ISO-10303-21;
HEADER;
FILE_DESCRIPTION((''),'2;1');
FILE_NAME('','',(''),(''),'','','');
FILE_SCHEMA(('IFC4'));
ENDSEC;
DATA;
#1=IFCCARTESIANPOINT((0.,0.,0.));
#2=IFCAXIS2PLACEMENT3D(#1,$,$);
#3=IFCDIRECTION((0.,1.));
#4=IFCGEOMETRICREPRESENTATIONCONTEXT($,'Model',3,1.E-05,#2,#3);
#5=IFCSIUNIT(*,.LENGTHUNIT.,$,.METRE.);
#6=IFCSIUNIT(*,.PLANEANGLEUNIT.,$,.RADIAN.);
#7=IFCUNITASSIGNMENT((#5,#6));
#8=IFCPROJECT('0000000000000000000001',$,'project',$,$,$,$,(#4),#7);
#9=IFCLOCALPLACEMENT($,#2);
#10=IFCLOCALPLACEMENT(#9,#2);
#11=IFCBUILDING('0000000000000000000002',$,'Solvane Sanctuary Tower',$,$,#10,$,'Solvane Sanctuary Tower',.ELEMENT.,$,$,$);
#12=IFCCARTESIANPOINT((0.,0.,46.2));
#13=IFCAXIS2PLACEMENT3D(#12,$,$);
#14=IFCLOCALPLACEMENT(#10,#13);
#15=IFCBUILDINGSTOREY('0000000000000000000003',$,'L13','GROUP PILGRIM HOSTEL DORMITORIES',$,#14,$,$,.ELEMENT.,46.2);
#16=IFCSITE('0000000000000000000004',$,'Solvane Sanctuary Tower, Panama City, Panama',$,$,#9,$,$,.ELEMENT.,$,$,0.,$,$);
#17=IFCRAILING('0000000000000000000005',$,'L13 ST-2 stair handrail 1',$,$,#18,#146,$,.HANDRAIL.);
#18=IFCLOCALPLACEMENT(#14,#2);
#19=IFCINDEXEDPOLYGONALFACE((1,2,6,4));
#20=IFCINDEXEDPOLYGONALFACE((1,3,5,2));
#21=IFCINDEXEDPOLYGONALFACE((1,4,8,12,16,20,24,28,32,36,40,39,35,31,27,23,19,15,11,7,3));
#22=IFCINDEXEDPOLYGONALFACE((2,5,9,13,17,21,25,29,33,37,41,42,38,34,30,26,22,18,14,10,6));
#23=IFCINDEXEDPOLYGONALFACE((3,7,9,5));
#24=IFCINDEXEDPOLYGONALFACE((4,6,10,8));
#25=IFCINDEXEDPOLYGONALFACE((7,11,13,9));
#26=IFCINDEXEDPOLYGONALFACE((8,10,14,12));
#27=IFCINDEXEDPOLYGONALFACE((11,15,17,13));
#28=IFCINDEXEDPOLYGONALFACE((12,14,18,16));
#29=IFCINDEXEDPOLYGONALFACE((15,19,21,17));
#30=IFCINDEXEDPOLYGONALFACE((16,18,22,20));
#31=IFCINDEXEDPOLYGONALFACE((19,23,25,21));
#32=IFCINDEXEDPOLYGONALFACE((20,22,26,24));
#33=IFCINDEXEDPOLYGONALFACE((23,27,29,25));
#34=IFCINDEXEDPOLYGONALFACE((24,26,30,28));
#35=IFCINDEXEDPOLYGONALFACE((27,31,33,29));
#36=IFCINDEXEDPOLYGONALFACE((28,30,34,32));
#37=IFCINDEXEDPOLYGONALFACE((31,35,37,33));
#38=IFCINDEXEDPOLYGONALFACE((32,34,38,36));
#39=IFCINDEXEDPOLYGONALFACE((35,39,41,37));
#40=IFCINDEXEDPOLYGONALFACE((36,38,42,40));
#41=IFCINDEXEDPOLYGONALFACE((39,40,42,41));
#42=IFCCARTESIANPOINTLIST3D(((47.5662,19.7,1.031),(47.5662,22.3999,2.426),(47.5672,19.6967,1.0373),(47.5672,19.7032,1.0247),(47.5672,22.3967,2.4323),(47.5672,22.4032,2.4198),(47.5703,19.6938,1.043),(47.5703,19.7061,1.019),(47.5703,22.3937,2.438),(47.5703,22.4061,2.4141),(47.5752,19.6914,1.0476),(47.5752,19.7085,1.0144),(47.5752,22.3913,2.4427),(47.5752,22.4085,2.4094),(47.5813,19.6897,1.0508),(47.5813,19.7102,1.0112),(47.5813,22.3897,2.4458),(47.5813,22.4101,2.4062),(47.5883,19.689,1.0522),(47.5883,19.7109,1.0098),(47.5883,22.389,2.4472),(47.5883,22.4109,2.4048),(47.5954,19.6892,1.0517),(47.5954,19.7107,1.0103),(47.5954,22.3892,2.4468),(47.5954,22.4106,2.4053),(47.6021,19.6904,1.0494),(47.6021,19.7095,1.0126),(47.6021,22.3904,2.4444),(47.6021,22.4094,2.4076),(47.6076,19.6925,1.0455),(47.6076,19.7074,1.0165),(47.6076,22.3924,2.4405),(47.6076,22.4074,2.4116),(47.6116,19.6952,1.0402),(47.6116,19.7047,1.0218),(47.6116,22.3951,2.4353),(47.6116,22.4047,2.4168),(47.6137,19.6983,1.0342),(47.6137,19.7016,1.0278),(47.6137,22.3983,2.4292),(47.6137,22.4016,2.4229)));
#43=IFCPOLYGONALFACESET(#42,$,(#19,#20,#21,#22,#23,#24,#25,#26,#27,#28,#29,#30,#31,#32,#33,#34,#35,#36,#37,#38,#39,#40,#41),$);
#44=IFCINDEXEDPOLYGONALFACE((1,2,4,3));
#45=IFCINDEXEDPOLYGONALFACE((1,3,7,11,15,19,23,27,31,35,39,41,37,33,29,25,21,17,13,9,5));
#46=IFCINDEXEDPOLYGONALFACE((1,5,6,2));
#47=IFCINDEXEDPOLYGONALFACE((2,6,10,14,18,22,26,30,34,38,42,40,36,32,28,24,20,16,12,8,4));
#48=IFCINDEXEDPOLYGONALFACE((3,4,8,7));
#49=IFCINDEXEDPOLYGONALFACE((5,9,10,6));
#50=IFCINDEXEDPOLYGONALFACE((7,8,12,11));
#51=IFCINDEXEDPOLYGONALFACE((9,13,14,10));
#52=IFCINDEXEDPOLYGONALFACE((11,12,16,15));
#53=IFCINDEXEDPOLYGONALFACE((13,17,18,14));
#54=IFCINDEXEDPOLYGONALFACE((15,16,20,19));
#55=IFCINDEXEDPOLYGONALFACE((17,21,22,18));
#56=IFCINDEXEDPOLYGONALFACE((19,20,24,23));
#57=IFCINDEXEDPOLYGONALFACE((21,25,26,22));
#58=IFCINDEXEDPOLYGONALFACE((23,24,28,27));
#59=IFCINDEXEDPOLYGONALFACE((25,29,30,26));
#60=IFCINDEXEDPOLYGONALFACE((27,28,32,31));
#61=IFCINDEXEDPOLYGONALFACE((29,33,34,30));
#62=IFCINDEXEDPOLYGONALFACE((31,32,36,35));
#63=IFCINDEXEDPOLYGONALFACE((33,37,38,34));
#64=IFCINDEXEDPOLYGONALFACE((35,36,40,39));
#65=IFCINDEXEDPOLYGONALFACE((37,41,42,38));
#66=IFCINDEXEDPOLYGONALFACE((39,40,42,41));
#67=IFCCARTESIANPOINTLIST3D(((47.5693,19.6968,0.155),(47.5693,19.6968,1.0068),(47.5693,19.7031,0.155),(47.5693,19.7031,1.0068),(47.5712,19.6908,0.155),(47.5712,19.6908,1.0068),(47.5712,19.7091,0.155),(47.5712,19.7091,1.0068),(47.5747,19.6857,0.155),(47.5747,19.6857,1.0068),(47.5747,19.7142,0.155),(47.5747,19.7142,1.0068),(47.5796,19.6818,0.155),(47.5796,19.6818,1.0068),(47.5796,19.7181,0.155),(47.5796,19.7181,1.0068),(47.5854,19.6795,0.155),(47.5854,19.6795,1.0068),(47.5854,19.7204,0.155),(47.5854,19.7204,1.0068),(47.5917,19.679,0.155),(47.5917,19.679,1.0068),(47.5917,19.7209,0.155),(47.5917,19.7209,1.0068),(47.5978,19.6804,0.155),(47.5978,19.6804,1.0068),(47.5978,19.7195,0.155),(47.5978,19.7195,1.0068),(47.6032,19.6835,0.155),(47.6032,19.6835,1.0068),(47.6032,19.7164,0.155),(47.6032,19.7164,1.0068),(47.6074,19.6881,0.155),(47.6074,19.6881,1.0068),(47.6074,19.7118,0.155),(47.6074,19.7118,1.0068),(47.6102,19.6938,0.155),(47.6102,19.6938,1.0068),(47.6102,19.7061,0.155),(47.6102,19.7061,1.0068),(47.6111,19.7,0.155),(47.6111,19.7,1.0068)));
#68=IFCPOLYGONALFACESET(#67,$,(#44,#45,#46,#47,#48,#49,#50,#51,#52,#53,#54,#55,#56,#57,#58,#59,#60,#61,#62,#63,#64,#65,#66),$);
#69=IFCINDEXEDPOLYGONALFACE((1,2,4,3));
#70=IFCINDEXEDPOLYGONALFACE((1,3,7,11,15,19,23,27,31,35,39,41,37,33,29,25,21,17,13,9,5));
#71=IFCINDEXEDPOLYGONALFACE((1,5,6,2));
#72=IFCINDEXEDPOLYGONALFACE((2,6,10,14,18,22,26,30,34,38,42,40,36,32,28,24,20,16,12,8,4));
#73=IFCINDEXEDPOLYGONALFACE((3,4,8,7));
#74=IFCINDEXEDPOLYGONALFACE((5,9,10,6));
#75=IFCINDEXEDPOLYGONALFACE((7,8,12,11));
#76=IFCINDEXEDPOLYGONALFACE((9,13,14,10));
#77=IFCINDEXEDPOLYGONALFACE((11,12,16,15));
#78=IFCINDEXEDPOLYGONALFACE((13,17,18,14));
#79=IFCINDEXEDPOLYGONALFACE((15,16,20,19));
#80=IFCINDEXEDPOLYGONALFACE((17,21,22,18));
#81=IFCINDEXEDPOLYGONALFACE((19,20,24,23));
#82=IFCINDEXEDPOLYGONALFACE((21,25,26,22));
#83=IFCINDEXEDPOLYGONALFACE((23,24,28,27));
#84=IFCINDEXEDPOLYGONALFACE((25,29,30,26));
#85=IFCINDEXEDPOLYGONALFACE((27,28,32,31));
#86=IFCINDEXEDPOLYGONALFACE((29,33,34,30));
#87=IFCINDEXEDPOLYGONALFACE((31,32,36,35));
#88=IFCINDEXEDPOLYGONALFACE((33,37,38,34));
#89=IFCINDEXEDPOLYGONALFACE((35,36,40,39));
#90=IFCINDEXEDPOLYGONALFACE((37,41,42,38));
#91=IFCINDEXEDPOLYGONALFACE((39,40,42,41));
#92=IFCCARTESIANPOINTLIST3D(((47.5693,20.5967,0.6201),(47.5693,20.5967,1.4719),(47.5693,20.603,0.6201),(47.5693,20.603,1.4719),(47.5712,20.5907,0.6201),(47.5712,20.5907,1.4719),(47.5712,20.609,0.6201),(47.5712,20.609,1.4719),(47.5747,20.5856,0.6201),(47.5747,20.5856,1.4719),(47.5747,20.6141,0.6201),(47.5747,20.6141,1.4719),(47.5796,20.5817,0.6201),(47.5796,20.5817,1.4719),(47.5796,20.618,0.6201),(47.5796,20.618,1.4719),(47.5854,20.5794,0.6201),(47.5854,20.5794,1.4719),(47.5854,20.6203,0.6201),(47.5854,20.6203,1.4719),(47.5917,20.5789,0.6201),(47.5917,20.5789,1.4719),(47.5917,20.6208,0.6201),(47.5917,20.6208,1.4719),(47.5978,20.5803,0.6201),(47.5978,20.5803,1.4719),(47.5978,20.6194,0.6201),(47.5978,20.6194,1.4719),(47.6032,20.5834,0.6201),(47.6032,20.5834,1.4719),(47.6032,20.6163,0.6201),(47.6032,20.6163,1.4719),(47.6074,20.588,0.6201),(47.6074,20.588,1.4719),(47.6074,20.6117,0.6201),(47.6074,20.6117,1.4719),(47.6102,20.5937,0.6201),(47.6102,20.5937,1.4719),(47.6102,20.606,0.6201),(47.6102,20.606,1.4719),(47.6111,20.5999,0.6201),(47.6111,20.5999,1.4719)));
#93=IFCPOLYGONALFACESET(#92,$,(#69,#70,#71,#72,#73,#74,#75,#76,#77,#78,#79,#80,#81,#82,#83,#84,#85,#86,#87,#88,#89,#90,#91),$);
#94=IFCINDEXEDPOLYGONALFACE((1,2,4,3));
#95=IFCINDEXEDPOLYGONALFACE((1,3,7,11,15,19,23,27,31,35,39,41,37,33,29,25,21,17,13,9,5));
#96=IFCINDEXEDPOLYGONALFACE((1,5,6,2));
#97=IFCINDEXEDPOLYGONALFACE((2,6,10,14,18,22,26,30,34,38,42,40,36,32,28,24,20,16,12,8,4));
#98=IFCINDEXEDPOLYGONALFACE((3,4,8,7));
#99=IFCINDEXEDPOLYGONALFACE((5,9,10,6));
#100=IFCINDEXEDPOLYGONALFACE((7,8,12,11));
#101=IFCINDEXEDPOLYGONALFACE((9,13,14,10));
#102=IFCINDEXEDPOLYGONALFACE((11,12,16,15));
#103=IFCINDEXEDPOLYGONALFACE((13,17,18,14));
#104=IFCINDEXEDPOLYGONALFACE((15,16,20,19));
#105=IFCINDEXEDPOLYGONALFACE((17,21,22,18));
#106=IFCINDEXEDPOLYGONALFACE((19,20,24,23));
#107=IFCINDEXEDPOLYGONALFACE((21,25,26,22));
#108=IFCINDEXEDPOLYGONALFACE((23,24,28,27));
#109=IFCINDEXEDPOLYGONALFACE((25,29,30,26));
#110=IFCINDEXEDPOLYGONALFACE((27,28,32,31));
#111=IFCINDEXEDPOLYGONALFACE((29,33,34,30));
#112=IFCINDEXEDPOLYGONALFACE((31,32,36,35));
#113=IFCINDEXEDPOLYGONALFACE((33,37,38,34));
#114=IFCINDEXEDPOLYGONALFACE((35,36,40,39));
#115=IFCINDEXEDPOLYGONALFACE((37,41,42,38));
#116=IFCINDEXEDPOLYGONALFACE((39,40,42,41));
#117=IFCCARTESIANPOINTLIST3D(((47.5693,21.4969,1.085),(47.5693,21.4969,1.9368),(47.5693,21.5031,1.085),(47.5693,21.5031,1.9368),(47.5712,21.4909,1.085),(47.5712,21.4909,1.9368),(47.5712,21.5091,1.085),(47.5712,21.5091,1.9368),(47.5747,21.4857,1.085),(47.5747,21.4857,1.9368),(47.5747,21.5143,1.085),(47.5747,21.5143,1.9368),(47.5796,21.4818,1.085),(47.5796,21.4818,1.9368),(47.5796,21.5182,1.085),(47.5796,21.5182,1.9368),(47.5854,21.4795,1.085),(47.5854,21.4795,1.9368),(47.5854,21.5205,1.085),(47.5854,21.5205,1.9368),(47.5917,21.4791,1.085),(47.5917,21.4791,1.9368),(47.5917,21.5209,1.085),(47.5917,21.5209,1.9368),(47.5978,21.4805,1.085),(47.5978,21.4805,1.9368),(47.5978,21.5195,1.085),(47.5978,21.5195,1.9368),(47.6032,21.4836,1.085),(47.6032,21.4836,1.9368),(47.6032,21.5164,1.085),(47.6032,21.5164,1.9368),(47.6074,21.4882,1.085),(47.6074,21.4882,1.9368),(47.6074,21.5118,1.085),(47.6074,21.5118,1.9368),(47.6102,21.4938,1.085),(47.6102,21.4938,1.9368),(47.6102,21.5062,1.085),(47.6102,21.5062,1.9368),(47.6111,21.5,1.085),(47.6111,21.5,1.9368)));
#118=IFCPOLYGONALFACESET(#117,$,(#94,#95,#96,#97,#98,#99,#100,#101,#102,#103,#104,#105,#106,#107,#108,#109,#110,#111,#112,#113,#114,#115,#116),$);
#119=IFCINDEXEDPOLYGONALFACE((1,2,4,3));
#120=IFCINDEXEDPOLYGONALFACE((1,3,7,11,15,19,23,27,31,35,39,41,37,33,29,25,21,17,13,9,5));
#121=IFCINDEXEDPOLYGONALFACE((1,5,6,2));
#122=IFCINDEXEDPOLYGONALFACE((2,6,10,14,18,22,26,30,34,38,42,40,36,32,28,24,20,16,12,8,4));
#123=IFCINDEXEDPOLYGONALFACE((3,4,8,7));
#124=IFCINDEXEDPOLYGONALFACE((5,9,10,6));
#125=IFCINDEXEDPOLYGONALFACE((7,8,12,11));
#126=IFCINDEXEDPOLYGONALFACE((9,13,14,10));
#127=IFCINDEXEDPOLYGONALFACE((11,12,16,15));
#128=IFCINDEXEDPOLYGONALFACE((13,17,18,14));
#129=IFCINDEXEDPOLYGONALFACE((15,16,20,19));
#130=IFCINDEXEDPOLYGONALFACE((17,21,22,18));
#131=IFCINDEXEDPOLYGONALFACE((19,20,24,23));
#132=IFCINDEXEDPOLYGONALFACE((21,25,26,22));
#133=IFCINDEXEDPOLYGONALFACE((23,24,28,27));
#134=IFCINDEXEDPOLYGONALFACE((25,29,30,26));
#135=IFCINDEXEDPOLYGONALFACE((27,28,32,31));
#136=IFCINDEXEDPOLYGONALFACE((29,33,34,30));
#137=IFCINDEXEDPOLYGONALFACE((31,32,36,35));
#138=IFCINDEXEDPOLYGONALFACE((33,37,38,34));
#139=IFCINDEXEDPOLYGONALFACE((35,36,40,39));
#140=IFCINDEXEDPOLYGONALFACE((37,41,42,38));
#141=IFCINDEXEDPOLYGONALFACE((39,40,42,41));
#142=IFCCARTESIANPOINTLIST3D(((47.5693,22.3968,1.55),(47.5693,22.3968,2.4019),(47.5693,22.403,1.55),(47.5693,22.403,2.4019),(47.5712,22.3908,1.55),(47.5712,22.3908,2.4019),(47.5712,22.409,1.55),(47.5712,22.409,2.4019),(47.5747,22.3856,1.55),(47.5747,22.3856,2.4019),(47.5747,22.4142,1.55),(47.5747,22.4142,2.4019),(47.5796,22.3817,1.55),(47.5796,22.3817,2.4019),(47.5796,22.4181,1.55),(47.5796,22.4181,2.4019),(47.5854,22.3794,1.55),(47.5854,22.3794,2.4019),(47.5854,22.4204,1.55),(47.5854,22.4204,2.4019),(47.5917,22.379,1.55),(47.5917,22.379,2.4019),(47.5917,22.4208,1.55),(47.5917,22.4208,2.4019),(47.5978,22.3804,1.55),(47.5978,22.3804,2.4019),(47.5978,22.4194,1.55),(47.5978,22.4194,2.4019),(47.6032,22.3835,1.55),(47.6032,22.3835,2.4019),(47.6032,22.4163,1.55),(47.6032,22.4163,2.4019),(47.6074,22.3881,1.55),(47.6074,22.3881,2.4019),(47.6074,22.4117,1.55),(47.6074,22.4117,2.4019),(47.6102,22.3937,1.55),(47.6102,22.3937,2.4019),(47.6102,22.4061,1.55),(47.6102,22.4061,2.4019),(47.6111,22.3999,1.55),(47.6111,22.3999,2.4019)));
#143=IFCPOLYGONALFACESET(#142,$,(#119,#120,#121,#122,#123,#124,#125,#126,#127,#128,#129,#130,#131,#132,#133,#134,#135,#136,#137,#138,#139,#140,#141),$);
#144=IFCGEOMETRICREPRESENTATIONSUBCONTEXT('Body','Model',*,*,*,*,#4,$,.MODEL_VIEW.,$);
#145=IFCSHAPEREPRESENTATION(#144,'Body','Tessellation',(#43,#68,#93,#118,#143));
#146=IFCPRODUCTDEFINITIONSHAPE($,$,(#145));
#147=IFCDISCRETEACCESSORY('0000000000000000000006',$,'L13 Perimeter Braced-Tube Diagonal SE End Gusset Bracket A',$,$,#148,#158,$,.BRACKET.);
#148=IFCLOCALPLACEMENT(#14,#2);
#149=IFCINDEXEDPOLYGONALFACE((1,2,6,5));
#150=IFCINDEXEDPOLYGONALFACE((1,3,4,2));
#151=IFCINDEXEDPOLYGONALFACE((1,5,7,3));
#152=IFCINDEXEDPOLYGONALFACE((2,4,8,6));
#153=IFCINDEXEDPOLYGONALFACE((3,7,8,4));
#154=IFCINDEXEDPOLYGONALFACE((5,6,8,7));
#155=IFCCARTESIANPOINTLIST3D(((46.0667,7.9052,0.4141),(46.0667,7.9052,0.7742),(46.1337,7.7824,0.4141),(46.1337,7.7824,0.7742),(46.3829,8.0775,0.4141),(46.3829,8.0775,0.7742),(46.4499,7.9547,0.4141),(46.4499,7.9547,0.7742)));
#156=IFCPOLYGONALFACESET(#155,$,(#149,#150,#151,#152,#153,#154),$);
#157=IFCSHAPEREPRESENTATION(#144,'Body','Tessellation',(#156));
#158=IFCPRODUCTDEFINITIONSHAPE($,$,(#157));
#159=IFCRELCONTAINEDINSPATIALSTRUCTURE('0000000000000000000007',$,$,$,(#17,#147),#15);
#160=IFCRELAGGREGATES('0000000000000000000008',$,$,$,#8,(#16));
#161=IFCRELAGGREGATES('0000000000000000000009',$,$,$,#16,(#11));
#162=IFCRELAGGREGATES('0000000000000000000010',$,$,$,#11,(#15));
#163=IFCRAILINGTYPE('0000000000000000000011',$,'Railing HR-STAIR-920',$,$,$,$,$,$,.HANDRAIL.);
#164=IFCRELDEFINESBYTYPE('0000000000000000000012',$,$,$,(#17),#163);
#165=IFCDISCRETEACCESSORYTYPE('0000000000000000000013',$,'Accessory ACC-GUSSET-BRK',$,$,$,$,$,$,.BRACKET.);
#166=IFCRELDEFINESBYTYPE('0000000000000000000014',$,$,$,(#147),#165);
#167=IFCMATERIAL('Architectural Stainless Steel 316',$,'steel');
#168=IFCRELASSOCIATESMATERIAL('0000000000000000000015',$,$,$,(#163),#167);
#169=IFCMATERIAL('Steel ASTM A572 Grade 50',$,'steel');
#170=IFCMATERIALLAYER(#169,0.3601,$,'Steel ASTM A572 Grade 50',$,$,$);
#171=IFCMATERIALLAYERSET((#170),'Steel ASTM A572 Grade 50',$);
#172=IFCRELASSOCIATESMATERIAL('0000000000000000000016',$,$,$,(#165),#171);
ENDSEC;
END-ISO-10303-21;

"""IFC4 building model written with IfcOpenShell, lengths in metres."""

from ifc_helpers import new_model, si_unit, direction, frame, origin, origin_2d, place, context, subcontext, project, spatial, rectangle, circle, extrude, material, layer, layer_set, type_object, element, save


model = new_model("IFC4")

# Units and contexts
model_context = context("Model", 3, precision=1e-05, world=origin(), true_north=direction((0.0, 1.0)))
body_context = subcontext(model_context, "Body", "Model", "MODEL_VIEW")
ifc_project = project(units=[si_unit("LENGTHUNIT", "METRE"), si_unit("PLANEANGLEUNIT", "RADIAN")], contexts=[model_context])

# Site, building, storey
site_placement = place(None, origin())
site = spatial("IfcSite", under=ifc_project, at=site_placement, Name="Solvane Sanctuary Tower, Panama City, Panama", CompositionType="ELEMENT", RefElevation=0.0)
building_placement = place(site_placement, origin())
building = spatial("IfcBuilding", under=site, at=building_placement, Name="Solvane Sanctuary Tower", LongName="Solvane Sanctuary Tower", CompositionType="ELEMENT")
storey_placement = place(building_placement, frame((0.0, 0.0, 46.2)))
storey = spatial("IfcBuildingStorey", under=building, at=storey_placement, Name="L13", Description="GROUP PILGRIM HOSTEL DORMITORIES", CompositionType="ELEMENT", Elevation=46.2)

# Shared definitions
ifc_material_1 = material(Name="Architectural Stainless Steel 316", Category="steel")

# Railing
railing_type_1 = type_object("IfcRailingType", Name="Railing HR-STAIR-920", PredefinedType="HANDRAIL", material=ifc_material_1)
railing_1_placement = place(storey_placement, frame((47.5901, 19.7, 0.155)))
element("IfcRailing", 1, at=railing_1_placement, inside=storey, type_object=railing_type_1, Name="L13 ST-2 stair handrail 1", PredefinedType="HANDRAIL", context=body_context, shape_type="SweptSolid", body=[
    extrude(circle(Radius=0.0239, at=origin_2d()), frame((0.0, 0.0, 0.876), z_axis=(0.0, 0.88842, 0.459032), x_axis=(-1.0, 0.0, 0.0)), (0.0, 0.0, 1.0), 3.0391),
    extrude(circle(Radius=0.021, at=origin_2d()), origin(), (0.0, 0.0, 1.0), 0.8518),
    extrude(circle(Radius=0.021, at=origin_2d()), frame((0.0, 0.8999, 0.4651)), (0.0, 0.0, 1.0), 0.8518),
    extrude(circle(Radius=0.021, at=origin_2d()), frame((0.0, 1.8, 0.9299)), (0.0, 0.0, 1.0), 0.8518),
    extrude(circle(Radius=0.021, at=origin_2d()), frame((0.0, 2.7, 1.395)), (0.0, 0.0, 1.0), 0.8518),
])

# Discrete accessory
ifc_material_2 = material(Name="Steel ASTM A572 Grade 50", Category="steel")
ifc_layer_1 = layer(ifc_material_2, 0.3601, Name="Steel ASTM A572 Grade 50")
ifc_layer_set_1 = layer_set([ifc_layer_1], Name="Steel ASTM A572 Grade 50")
discrete_accessory_type = type_object("IfcDiscreteAccessoryType", Name="Accessory ACC-GUSSET-BRK", PredefinedType="BRACKET", material=ifc_layer_set_1)
discrete_accessory_placement = place(storey_placement, frame((46.2583, 7.9299, 0.4141), z_axis=(0.0, 0.0, 1.0), x_axis=(0.878067, 0.478539, 0.0)))
element("IfcDiscreteAccessory", 2, at=discrete_accessory_placement, inside=storey, type_object=discrete_accessory_type, Name="L13 Perimeter Braced-Tube Diagonal SE End Gusset Bracket A", PredefinedType="BRACKET", context=body_context, shape_type="SweptSolid", body=[
    extrude(rectangle(XDim=0.3601, YDim=0.1399, at=origin_2d()), origin(), (0.0, 0.0, 1.0), 0.3601),
])

save(model, "model.ifc")
